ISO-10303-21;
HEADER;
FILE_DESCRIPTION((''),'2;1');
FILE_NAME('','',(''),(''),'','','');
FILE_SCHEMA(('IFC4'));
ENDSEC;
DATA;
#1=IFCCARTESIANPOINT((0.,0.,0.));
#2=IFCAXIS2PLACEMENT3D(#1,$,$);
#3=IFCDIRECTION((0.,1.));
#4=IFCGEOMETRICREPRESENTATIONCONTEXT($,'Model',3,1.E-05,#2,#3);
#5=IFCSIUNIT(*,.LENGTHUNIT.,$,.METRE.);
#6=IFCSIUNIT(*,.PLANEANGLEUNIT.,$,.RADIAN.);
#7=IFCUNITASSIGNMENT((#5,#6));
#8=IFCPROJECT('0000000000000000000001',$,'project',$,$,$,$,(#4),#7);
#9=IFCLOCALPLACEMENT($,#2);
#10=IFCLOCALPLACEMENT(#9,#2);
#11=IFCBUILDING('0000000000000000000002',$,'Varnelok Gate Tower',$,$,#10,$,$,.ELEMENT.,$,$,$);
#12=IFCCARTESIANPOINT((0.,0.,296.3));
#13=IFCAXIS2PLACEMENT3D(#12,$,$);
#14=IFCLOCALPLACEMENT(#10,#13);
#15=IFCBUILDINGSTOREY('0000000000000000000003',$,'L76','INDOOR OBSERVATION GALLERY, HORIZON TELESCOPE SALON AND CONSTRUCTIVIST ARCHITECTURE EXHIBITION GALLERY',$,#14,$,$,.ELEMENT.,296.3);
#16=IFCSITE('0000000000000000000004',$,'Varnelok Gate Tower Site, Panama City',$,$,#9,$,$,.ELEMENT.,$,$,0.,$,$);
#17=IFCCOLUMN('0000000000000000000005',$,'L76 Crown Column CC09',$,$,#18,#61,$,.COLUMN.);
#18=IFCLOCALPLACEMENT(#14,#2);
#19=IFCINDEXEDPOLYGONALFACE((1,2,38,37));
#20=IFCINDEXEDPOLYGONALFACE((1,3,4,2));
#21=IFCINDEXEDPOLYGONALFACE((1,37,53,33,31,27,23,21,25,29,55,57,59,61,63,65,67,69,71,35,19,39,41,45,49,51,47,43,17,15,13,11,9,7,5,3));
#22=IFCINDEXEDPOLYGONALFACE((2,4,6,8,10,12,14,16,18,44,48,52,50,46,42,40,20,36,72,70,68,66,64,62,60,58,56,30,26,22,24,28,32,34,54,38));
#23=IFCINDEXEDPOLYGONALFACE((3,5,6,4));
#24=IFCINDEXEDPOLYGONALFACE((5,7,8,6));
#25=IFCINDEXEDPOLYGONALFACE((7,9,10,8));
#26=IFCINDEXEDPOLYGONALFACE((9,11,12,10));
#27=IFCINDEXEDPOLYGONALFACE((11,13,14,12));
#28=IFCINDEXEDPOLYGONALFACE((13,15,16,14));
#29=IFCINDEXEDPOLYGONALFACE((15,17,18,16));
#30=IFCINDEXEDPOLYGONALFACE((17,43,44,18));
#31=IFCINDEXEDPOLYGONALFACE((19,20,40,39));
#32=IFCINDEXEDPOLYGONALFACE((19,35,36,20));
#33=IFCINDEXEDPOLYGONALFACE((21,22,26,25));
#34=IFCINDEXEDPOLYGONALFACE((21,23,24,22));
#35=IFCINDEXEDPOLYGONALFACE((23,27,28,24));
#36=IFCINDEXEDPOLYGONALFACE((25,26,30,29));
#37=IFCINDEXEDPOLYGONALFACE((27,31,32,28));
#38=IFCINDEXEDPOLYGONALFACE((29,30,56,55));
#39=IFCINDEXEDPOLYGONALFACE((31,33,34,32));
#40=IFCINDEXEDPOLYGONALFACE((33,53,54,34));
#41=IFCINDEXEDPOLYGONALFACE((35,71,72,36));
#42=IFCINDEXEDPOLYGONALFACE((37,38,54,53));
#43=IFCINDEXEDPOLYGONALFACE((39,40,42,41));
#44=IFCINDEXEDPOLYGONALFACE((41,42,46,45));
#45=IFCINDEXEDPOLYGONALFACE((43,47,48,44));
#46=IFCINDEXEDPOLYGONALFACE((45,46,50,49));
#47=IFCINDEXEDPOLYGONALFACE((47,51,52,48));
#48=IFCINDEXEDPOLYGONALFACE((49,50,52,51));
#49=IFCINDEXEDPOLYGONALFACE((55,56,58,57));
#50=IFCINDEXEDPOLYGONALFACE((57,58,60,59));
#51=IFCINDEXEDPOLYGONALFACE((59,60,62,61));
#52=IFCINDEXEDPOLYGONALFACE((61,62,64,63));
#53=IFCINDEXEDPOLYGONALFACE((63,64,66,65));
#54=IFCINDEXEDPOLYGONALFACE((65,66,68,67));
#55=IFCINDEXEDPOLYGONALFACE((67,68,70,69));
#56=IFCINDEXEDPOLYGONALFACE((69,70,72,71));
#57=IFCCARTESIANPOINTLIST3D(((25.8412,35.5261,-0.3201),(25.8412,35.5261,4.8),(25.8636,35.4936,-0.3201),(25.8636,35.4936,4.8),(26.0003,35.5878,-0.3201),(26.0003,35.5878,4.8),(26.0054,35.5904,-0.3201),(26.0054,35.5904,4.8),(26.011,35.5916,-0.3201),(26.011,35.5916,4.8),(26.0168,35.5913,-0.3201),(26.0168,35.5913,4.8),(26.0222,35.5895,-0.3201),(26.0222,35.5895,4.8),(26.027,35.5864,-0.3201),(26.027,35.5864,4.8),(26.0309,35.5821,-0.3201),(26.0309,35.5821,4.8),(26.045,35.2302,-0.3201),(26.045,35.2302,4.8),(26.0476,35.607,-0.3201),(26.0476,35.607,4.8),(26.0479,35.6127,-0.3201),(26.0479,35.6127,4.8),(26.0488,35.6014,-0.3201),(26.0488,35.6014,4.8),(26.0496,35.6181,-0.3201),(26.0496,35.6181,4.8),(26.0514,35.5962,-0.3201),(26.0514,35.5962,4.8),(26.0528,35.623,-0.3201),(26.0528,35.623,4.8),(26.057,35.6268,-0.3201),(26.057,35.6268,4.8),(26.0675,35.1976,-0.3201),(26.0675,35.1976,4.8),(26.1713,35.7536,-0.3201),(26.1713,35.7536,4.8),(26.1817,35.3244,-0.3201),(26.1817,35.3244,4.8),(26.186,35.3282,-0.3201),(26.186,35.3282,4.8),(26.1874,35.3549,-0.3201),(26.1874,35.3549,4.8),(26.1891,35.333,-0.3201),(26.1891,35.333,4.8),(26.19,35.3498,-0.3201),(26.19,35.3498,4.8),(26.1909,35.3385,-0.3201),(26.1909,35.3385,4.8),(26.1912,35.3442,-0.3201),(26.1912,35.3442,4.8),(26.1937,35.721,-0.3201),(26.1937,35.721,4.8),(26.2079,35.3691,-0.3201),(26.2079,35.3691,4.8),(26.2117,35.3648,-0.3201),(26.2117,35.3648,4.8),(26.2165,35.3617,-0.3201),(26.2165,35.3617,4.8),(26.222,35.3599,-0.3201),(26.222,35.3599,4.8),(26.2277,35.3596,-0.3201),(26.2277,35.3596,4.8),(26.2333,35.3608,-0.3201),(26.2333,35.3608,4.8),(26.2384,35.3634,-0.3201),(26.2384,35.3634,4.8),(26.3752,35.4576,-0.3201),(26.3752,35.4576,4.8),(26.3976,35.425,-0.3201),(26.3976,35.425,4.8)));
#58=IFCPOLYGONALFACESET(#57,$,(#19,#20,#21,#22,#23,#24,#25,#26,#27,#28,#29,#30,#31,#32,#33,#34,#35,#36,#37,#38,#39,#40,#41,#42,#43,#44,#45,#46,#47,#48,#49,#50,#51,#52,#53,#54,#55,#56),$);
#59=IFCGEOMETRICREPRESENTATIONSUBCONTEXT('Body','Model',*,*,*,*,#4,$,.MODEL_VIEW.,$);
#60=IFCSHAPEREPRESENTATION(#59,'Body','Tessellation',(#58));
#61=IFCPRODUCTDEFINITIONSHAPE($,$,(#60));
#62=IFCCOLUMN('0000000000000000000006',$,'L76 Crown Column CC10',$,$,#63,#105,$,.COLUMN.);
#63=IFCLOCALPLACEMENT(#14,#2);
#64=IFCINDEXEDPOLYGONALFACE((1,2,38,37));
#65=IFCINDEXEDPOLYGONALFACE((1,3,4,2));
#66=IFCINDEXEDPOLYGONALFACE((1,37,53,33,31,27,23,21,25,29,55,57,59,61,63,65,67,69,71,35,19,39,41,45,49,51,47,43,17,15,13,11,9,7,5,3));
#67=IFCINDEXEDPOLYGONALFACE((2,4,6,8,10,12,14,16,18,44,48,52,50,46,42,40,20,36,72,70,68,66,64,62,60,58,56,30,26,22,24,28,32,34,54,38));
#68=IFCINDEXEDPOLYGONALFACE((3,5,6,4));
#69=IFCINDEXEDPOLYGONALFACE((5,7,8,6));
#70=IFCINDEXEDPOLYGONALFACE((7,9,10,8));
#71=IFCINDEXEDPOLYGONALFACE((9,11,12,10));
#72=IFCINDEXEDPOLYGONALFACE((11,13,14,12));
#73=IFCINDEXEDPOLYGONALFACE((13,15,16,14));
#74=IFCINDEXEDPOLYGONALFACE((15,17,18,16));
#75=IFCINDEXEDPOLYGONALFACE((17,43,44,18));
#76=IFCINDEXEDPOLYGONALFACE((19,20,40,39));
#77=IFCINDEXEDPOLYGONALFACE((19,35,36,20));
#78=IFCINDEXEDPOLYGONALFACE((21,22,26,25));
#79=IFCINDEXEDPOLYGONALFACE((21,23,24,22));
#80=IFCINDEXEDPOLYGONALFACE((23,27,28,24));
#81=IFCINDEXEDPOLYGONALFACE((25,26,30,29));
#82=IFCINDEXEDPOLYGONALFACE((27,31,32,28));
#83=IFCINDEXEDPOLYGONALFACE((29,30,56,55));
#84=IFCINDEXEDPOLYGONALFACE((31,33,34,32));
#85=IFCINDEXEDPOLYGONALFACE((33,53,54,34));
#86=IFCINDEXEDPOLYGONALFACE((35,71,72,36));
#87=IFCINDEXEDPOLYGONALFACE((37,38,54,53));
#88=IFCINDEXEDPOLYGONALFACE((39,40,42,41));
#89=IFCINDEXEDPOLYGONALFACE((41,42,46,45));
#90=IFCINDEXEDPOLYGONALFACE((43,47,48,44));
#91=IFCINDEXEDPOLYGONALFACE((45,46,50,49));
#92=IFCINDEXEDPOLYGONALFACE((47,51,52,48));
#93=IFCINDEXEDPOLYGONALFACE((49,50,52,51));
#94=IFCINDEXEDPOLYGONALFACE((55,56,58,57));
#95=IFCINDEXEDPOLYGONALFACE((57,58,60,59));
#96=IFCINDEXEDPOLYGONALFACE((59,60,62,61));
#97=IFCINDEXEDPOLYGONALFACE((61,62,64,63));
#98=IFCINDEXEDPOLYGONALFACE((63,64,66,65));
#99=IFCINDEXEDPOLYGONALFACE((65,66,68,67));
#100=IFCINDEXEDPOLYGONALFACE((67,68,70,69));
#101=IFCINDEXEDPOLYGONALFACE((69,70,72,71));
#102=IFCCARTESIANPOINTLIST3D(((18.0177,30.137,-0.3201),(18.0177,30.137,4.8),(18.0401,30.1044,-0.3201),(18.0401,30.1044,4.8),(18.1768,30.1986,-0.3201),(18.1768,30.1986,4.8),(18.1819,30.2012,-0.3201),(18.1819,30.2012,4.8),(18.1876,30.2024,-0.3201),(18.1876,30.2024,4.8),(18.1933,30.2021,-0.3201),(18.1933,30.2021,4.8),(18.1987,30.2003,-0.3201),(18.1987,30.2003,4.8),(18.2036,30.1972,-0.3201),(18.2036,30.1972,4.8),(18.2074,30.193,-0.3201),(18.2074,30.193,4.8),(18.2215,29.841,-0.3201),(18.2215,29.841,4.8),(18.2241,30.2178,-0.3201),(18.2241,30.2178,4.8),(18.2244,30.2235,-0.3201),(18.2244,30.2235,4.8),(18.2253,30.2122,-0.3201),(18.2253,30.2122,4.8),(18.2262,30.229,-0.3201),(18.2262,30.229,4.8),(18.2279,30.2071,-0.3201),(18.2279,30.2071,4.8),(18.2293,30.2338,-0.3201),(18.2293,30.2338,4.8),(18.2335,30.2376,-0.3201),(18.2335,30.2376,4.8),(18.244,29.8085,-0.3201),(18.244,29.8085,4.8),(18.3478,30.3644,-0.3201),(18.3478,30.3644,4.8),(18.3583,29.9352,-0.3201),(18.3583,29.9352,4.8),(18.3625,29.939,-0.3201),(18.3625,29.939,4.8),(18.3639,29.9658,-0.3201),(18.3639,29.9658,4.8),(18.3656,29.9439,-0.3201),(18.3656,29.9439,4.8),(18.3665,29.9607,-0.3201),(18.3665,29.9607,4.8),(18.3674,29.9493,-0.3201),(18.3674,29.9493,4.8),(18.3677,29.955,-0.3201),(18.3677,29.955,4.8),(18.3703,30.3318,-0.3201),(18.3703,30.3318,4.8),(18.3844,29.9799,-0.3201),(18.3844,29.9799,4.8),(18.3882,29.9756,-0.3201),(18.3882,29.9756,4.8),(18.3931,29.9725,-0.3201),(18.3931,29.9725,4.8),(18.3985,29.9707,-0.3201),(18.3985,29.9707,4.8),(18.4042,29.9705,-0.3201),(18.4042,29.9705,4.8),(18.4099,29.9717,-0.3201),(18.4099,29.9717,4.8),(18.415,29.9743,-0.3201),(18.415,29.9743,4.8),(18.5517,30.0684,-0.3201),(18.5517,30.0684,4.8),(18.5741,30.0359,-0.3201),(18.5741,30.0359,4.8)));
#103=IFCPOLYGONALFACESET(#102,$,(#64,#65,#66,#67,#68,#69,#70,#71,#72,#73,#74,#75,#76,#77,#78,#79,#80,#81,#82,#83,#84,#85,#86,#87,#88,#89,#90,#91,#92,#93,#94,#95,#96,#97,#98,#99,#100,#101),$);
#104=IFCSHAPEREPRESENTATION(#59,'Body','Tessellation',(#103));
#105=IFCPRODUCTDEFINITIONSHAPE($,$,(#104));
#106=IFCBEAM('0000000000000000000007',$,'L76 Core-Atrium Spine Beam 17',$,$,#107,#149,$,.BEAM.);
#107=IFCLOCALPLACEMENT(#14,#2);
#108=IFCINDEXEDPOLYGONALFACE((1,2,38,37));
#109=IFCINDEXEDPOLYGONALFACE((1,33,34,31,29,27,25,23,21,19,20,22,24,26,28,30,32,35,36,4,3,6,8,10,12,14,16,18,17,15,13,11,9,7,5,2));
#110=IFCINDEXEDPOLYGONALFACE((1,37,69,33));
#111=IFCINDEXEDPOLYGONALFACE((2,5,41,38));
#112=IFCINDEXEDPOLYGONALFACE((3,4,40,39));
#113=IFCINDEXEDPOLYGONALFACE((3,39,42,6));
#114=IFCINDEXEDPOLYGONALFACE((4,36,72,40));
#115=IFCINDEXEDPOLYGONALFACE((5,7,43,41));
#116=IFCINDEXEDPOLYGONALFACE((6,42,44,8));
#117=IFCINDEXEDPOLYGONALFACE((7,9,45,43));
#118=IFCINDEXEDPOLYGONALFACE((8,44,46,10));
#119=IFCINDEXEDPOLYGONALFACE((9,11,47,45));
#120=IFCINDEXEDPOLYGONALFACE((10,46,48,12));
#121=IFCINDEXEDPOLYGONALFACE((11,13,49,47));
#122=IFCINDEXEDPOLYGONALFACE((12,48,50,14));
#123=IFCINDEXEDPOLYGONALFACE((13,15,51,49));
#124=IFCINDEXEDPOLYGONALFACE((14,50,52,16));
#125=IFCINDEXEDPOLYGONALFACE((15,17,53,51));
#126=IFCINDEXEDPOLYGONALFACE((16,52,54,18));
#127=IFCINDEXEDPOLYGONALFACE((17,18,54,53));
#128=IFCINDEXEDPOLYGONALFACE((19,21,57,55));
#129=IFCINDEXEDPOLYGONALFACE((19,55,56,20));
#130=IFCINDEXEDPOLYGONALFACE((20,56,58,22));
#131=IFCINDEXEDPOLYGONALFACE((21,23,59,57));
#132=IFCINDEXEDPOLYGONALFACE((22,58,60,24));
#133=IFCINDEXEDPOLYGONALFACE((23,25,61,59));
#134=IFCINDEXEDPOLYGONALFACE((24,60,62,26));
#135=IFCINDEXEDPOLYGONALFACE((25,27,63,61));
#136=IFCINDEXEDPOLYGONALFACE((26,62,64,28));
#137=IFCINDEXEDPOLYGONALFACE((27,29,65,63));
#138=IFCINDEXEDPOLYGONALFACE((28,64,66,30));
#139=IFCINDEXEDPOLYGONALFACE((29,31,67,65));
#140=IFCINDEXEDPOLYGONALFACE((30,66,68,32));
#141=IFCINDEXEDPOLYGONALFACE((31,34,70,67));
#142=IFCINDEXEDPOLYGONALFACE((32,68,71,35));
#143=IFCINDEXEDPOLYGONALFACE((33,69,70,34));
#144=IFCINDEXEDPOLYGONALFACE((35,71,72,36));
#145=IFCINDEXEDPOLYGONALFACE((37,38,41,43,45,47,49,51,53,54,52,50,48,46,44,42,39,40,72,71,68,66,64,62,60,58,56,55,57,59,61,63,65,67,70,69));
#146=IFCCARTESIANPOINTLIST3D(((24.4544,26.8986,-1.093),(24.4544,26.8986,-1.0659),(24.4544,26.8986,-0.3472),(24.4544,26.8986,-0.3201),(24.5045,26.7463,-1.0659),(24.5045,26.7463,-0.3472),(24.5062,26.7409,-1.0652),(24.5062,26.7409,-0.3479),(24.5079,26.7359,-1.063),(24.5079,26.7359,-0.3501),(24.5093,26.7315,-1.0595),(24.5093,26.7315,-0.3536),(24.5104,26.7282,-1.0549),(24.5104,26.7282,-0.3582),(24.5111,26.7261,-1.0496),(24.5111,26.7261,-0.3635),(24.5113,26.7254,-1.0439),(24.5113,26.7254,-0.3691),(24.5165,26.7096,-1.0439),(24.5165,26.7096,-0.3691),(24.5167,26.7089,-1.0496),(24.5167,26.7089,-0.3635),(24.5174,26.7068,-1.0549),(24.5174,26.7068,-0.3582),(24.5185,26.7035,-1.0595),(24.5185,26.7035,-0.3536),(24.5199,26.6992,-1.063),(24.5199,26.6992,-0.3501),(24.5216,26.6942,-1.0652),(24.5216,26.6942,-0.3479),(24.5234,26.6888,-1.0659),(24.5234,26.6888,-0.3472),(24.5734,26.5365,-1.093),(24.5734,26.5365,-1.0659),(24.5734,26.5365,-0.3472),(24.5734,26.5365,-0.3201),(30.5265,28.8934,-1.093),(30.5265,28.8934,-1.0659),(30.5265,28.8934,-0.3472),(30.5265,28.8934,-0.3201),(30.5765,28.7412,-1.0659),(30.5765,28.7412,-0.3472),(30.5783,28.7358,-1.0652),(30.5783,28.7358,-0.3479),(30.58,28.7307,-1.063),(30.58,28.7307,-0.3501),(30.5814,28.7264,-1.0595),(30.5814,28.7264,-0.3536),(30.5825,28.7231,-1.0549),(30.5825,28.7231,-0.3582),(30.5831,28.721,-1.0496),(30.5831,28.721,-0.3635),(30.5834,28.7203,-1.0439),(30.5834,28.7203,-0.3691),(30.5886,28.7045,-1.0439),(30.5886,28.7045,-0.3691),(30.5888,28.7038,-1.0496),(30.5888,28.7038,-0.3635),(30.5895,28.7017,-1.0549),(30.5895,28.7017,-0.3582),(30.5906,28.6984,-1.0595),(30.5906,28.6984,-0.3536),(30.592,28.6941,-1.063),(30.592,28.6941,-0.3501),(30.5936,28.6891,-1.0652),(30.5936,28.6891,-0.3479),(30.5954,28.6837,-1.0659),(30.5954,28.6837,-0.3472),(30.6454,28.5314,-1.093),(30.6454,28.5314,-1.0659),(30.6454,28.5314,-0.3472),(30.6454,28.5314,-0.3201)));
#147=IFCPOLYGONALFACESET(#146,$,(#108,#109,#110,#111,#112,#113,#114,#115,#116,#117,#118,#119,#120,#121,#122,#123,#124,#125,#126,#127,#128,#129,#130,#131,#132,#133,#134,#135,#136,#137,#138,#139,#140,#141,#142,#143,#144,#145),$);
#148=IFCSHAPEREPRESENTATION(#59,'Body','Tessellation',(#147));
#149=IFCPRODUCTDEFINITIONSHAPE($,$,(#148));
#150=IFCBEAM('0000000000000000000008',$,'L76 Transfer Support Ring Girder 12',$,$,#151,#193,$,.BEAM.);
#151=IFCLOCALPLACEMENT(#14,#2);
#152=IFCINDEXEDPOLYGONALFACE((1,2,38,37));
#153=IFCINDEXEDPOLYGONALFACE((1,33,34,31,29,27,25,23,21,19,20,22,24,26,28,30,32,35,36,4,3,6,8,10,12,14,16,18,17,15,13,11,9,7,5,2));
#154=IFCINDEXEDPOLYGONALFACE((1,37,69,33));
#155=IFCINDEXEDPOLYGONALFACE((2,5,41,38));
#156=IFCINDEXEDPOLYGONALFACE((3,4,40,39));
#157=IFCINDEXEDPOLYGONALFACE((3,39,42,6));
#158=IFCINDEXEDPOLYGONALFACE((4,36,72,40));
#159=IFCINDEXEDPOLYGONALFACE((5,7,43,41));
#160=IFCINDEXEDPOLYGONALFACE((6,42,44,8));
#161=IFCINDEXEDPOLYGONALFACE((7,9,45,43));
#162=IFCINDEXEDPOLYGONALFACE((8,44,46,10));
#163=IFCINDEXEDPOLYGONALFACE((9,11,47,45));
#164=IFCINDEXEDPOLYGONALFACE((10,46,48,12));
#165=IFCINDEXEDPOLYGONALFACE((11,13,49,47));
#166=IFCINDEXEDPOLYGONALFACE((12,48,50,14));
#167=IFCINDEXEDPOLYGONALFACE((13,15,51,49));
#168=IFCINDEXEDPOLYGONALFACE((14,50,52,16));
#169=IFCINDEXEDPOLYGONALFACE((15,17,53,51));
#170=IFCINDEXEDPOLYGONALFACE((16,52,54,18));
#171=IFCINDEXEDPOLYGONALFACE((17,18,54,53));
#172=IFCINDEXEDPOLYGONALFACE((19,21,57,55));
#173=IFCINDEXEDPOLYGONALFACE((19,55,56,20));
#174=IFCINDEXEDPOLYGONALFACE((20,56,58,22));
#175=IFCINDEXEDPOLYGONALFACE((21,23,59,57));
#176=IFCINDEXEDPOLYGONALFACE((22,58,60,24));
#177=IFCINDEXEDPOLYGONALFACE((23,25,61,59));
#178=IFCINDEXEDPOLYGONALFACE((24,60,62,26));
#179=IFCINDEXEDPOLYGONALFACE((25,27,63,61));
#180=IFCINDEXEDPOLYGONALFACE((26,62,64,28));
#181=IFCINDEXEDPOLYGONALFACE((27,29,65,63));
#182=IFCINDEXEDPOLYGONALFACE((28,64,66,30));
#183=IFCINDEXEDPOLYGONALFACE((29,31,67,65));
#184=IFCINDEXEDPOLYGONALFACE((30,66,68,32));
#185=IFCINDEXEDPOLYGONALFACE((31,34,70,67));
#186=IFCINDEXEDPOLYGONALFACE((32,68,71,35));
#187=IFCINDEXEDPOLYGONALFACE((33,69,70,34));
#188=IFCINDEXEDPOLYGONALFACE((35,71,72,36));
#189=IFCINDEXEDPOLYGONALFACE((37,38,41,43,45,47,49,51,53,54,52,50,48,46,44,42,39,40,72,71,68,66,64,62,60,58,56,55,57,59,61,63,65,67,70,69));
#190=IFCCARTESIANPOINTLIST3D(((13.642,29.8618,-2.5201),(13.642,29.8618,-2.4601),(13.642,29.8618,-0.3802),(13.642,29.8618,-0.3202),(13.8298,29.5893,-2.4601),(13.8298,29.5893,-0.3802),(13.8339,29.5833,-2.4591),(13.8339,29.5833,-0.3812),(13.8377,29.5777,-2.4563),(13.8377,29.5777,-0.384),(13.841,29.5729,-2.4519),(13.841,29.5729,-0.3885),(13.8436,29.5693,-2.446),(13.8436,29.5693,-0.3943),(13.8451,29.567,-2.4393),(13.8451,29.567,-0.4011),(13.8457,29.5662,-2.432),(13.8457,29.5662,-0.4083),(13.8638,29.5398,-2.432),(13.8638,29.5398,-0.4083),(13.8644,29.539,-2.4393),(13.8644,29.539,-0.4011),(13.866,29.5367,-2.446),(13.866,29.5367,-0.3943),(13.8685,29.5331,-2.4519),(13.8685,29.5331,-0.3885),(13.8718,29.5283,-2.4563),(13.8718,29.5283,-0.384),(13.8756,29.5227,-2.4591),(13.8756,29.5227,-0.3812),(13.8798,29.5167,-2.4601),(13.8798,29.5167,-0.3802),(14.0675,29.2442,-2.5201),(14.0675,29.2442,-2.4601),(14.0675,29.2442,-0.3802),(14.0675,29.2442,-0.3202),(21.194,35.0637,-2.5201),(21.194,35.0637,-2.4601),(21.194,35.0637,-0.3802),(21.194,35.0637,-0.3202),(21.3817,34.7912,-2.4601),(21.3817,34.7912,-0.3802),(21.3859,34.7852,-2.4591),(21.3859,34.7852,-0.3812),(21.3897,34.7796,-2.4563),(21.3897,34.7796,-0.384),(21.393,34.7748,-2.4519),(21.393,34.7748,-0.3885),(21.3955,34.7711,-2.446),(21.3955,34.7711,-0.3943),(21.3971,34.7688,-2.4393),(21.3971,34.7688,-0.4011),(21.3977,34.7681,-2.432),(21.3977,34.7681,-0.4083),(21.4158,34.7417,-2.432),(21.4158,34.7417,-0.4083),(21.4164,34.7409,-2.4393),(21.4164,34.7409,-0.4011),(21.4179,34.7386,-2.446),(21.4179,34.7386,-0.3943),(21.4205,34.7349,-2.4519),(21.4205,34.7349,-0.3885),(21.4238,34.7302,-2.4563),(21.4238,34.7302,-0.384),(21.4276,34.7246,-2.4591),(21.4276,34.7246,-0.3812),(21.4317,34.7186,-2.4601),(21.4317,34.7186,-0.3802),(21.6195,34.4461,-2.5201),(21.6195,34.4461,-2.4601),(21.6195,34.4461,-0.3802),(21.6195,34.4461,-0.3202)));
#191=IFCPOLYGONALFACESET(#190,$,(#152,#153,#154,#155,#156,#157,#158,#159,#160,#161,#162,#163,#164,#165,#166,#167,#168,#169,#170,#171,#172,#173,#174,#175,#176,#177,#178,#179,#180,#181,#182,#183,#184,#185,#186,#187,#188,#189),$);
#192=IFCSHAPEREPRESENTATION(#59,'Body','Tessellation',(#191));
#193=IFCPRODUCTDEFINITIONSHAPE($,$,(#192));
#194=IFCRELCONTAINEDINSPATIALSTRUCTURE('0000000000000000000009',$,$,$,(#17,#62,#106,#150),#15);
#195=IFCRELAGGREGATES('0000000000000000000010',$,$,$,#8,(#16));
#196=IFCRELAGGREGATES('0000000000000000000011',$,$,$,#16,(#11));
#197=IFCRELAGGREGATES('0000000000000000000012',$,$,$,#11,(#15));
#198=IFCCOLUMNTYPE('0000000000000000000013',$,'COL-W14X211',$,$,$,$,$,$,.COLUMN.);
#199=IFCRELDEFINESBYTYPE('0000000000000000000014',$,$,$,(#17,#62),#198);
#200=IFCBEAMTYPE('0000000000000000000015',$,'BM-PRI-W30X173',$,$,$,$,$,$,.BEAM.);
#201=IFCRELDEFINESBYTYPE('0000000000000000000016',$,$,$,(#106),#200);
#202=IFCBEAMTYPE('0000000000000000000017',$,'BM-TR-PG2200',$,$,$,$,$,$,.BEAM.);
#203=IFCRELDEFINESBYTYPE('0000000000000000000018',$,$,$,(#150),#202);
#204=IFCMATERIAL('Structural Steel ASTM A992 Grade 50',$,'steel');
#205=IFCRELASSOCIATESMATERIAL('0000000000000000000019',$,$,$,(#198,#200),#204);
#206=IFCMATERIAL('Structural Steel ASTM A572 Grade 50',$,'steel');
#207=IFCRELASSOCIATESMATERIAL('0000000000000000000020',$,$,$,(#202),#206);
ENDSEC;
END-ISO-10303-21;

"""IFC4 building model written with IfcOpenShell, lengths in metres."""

from ifc_helpers import new_model, si_unit, direction, frame, origin, origin_2d, place, context, subcontext, project, spatial, i_section, extrude, material, material_profile, profile_set, type_object, element, save


model = new_model("IFC4")

# Units and contexts
model_context = context("Model", 3, precision=1e-05, world=origin(), true_north=direction((0.0, 1.0)))
body_context = subcontext(model_context, "Body", "Model", "MODEL_VIEW")
ifc_project = project(units=[si_unit("LENGTHUNIT", "METRE"), si_unit("PLANEANGLEUNIT", "RADIAN")], contexts=[model_context])

# Site, building, storey
site_placement = place(None, origin())
site = spatial("IfcSite", under=ifc_project, at=site_placement, Name="Varnelok Gate Tower Site, Panama City", CompositionType="ELEMENT", RefElevation=0.0)
building_placement = place(site_placement, origin())
building = spatial("IfcBuilding", under=site, at=building_placement, Name="Varnelok Gate Tower", CompositionType="ELEMENT")
storey_placement = place(building_placement, frame((0.0, 0.0, 296.3)))
storey = spatial("IfcBuildingStorey", under=building, at=storey_placement, Name="L76", Description="INDOOR OBSERVATION GALLERY, HORIZON TELESCOPE SALON AND CONSTRUCTIVIST ARCHITECTURE EXHIBITION GALLERY", CompositionType="ELEMENT", Elevation=296.3)

# Columns
ifc_material_1 = material(Name="Structural Steel ASTM A992 Grade 50", Category="steel")
ifc_material_profile_1 = material_profile(ifc_material_1, i_section(OverallWidth=0.4009, OverallDepth=0.3989, WebThickness=0.0249, FlangeThickness=0.0396, FilletRadius=0.022, at=origin_2d()), Name="W14X211")
ifc_profile_set_1 = profile_set([ifc_material_profile_1], Name="Structural Steel ASTM A992 Grade 50")
column_type = type_object("IfcColumnType", Name="COL-W14X211", PredefinedType="COLUMN", material=ifc_profile_set_1)
for number, where, z_axis, x_axis, name in (
    (1, (26.1194, 35.4756, -0.3201), (0.0, 0.0, 1.0), (0.823533, 0.567269, 0.0), "L76 Crown Column CC09"),
    (2, (18.2959, 30.0864, -0.3201), (0.0, 0.0, 1.0), (0.823533, 0.567269, 0.0), "L76 Crown Column CC10"),
):
    element("IfcColumn", number, at=place(storey_placement, frame(where, z_axis=z_axis, x_axis=x_axis)), inside=storey, type_object=column_type, Name=name, PredefinedType="COLUMN", context=body_context, shape_type="SweptSolid", body=[
        extrude(i_section(OverallWidth=0.4009, OverallDepth=0.3989, WebThickness=0.0249, FlangeThickness=0.0396, FilletRadius=0.022, at=origin_2d()), origin(), (0.0, 0.0, 1.0), 5.1201),
    ])

# Beams
ifc_material_profile_2 = material_profile(ifc_material_1, i_section(OverallWidth=0.3811, OverallDepth=0.7729, WebThickness=0.0166, FlangeThickness=0.0271, FilletRadius=0.022, at=origin_2d()), Name="W30X173")
ifc_profile_set_2 = profile_set([ifc_material_profile_2], Name="Structural Steel ASTM A992 Grade 50")
beam_type_1 = type_object("IfcBeamType", Name="BM-PRI-W30X173", PredefinedType="BEAM", material=ifc_profile_set_2)
beam_1_placement = place(storey_placement, frame((24.5139, 26.7175, -0.7065), z_axis=(0.950042, 0.312122, 0.0), x_axis=(-0.312122, 0.950042, 0.0)))
element("IfcBeam", 3, at=beam_1_placement, inside=storey, type_object=beam_type_1, Name="L76 Core-Atrium Spine Beam 17", PredefinedType="BEAM", context=body_context, shape_type="SweptSolid", body=[
    extrude(i_section(OverallWidth=0.3811, OverallDepth=0.7729, WebThickness=0.0166, FlangeThickness=0.0271, FilletRadius=0.022, at=origin_2d()), origin(), (0.0, 0.0, 1.0), 6.3914),
])
ifc_material_2 = material(Name="Structural Steel ASTM A572 Grade 50", Category="steel")
ifc_material_profile_3 = material_profile(ifc_material_2, i_section(OverallWidth=0.75, OverallDepth=2.2, WebThickness=0.032, FlangeThickness=0.0601, FilletRadius=0.0281, at=origin_2d()), Name="PG2200X750")
ifc_profile_set_3 = profile_set([ifc_material_profile_3], Name="Structural Steel ASTM A572 Grade 50")
beam_type_2 = type_object("IfcBeamType", Name="BM-TR-PG2200", PredefinedType="BEAM", material=ifc_profile_set_3)
beam_2_placement = place(storey_placement, frame((21.4067, 34.7549, -1.4202), z_axis=(-0.823537, -0.567262, 0.0), x_axis=(0.567262, -0.823537, 0.0)))
element("IfcBeam", 4, at=beam_2_placement, inside=storey, type_object=beam_type_2, Name="L76 Transfer Support Ring Girder 12", PredefinedType="BEAM", context=body_context, shape_type="SweptSolid", body=[
    extrude(i_section(OverallWidth=0.75, OverallDepth=2.2, WebThickness=0.032, FlangeThickness=0.0601, FilletRadius=0.0281, at=origin_2d()), origin(), (0.0, 0.0, 1.0), 9.1702),
])

save(model, "model.ifc")
